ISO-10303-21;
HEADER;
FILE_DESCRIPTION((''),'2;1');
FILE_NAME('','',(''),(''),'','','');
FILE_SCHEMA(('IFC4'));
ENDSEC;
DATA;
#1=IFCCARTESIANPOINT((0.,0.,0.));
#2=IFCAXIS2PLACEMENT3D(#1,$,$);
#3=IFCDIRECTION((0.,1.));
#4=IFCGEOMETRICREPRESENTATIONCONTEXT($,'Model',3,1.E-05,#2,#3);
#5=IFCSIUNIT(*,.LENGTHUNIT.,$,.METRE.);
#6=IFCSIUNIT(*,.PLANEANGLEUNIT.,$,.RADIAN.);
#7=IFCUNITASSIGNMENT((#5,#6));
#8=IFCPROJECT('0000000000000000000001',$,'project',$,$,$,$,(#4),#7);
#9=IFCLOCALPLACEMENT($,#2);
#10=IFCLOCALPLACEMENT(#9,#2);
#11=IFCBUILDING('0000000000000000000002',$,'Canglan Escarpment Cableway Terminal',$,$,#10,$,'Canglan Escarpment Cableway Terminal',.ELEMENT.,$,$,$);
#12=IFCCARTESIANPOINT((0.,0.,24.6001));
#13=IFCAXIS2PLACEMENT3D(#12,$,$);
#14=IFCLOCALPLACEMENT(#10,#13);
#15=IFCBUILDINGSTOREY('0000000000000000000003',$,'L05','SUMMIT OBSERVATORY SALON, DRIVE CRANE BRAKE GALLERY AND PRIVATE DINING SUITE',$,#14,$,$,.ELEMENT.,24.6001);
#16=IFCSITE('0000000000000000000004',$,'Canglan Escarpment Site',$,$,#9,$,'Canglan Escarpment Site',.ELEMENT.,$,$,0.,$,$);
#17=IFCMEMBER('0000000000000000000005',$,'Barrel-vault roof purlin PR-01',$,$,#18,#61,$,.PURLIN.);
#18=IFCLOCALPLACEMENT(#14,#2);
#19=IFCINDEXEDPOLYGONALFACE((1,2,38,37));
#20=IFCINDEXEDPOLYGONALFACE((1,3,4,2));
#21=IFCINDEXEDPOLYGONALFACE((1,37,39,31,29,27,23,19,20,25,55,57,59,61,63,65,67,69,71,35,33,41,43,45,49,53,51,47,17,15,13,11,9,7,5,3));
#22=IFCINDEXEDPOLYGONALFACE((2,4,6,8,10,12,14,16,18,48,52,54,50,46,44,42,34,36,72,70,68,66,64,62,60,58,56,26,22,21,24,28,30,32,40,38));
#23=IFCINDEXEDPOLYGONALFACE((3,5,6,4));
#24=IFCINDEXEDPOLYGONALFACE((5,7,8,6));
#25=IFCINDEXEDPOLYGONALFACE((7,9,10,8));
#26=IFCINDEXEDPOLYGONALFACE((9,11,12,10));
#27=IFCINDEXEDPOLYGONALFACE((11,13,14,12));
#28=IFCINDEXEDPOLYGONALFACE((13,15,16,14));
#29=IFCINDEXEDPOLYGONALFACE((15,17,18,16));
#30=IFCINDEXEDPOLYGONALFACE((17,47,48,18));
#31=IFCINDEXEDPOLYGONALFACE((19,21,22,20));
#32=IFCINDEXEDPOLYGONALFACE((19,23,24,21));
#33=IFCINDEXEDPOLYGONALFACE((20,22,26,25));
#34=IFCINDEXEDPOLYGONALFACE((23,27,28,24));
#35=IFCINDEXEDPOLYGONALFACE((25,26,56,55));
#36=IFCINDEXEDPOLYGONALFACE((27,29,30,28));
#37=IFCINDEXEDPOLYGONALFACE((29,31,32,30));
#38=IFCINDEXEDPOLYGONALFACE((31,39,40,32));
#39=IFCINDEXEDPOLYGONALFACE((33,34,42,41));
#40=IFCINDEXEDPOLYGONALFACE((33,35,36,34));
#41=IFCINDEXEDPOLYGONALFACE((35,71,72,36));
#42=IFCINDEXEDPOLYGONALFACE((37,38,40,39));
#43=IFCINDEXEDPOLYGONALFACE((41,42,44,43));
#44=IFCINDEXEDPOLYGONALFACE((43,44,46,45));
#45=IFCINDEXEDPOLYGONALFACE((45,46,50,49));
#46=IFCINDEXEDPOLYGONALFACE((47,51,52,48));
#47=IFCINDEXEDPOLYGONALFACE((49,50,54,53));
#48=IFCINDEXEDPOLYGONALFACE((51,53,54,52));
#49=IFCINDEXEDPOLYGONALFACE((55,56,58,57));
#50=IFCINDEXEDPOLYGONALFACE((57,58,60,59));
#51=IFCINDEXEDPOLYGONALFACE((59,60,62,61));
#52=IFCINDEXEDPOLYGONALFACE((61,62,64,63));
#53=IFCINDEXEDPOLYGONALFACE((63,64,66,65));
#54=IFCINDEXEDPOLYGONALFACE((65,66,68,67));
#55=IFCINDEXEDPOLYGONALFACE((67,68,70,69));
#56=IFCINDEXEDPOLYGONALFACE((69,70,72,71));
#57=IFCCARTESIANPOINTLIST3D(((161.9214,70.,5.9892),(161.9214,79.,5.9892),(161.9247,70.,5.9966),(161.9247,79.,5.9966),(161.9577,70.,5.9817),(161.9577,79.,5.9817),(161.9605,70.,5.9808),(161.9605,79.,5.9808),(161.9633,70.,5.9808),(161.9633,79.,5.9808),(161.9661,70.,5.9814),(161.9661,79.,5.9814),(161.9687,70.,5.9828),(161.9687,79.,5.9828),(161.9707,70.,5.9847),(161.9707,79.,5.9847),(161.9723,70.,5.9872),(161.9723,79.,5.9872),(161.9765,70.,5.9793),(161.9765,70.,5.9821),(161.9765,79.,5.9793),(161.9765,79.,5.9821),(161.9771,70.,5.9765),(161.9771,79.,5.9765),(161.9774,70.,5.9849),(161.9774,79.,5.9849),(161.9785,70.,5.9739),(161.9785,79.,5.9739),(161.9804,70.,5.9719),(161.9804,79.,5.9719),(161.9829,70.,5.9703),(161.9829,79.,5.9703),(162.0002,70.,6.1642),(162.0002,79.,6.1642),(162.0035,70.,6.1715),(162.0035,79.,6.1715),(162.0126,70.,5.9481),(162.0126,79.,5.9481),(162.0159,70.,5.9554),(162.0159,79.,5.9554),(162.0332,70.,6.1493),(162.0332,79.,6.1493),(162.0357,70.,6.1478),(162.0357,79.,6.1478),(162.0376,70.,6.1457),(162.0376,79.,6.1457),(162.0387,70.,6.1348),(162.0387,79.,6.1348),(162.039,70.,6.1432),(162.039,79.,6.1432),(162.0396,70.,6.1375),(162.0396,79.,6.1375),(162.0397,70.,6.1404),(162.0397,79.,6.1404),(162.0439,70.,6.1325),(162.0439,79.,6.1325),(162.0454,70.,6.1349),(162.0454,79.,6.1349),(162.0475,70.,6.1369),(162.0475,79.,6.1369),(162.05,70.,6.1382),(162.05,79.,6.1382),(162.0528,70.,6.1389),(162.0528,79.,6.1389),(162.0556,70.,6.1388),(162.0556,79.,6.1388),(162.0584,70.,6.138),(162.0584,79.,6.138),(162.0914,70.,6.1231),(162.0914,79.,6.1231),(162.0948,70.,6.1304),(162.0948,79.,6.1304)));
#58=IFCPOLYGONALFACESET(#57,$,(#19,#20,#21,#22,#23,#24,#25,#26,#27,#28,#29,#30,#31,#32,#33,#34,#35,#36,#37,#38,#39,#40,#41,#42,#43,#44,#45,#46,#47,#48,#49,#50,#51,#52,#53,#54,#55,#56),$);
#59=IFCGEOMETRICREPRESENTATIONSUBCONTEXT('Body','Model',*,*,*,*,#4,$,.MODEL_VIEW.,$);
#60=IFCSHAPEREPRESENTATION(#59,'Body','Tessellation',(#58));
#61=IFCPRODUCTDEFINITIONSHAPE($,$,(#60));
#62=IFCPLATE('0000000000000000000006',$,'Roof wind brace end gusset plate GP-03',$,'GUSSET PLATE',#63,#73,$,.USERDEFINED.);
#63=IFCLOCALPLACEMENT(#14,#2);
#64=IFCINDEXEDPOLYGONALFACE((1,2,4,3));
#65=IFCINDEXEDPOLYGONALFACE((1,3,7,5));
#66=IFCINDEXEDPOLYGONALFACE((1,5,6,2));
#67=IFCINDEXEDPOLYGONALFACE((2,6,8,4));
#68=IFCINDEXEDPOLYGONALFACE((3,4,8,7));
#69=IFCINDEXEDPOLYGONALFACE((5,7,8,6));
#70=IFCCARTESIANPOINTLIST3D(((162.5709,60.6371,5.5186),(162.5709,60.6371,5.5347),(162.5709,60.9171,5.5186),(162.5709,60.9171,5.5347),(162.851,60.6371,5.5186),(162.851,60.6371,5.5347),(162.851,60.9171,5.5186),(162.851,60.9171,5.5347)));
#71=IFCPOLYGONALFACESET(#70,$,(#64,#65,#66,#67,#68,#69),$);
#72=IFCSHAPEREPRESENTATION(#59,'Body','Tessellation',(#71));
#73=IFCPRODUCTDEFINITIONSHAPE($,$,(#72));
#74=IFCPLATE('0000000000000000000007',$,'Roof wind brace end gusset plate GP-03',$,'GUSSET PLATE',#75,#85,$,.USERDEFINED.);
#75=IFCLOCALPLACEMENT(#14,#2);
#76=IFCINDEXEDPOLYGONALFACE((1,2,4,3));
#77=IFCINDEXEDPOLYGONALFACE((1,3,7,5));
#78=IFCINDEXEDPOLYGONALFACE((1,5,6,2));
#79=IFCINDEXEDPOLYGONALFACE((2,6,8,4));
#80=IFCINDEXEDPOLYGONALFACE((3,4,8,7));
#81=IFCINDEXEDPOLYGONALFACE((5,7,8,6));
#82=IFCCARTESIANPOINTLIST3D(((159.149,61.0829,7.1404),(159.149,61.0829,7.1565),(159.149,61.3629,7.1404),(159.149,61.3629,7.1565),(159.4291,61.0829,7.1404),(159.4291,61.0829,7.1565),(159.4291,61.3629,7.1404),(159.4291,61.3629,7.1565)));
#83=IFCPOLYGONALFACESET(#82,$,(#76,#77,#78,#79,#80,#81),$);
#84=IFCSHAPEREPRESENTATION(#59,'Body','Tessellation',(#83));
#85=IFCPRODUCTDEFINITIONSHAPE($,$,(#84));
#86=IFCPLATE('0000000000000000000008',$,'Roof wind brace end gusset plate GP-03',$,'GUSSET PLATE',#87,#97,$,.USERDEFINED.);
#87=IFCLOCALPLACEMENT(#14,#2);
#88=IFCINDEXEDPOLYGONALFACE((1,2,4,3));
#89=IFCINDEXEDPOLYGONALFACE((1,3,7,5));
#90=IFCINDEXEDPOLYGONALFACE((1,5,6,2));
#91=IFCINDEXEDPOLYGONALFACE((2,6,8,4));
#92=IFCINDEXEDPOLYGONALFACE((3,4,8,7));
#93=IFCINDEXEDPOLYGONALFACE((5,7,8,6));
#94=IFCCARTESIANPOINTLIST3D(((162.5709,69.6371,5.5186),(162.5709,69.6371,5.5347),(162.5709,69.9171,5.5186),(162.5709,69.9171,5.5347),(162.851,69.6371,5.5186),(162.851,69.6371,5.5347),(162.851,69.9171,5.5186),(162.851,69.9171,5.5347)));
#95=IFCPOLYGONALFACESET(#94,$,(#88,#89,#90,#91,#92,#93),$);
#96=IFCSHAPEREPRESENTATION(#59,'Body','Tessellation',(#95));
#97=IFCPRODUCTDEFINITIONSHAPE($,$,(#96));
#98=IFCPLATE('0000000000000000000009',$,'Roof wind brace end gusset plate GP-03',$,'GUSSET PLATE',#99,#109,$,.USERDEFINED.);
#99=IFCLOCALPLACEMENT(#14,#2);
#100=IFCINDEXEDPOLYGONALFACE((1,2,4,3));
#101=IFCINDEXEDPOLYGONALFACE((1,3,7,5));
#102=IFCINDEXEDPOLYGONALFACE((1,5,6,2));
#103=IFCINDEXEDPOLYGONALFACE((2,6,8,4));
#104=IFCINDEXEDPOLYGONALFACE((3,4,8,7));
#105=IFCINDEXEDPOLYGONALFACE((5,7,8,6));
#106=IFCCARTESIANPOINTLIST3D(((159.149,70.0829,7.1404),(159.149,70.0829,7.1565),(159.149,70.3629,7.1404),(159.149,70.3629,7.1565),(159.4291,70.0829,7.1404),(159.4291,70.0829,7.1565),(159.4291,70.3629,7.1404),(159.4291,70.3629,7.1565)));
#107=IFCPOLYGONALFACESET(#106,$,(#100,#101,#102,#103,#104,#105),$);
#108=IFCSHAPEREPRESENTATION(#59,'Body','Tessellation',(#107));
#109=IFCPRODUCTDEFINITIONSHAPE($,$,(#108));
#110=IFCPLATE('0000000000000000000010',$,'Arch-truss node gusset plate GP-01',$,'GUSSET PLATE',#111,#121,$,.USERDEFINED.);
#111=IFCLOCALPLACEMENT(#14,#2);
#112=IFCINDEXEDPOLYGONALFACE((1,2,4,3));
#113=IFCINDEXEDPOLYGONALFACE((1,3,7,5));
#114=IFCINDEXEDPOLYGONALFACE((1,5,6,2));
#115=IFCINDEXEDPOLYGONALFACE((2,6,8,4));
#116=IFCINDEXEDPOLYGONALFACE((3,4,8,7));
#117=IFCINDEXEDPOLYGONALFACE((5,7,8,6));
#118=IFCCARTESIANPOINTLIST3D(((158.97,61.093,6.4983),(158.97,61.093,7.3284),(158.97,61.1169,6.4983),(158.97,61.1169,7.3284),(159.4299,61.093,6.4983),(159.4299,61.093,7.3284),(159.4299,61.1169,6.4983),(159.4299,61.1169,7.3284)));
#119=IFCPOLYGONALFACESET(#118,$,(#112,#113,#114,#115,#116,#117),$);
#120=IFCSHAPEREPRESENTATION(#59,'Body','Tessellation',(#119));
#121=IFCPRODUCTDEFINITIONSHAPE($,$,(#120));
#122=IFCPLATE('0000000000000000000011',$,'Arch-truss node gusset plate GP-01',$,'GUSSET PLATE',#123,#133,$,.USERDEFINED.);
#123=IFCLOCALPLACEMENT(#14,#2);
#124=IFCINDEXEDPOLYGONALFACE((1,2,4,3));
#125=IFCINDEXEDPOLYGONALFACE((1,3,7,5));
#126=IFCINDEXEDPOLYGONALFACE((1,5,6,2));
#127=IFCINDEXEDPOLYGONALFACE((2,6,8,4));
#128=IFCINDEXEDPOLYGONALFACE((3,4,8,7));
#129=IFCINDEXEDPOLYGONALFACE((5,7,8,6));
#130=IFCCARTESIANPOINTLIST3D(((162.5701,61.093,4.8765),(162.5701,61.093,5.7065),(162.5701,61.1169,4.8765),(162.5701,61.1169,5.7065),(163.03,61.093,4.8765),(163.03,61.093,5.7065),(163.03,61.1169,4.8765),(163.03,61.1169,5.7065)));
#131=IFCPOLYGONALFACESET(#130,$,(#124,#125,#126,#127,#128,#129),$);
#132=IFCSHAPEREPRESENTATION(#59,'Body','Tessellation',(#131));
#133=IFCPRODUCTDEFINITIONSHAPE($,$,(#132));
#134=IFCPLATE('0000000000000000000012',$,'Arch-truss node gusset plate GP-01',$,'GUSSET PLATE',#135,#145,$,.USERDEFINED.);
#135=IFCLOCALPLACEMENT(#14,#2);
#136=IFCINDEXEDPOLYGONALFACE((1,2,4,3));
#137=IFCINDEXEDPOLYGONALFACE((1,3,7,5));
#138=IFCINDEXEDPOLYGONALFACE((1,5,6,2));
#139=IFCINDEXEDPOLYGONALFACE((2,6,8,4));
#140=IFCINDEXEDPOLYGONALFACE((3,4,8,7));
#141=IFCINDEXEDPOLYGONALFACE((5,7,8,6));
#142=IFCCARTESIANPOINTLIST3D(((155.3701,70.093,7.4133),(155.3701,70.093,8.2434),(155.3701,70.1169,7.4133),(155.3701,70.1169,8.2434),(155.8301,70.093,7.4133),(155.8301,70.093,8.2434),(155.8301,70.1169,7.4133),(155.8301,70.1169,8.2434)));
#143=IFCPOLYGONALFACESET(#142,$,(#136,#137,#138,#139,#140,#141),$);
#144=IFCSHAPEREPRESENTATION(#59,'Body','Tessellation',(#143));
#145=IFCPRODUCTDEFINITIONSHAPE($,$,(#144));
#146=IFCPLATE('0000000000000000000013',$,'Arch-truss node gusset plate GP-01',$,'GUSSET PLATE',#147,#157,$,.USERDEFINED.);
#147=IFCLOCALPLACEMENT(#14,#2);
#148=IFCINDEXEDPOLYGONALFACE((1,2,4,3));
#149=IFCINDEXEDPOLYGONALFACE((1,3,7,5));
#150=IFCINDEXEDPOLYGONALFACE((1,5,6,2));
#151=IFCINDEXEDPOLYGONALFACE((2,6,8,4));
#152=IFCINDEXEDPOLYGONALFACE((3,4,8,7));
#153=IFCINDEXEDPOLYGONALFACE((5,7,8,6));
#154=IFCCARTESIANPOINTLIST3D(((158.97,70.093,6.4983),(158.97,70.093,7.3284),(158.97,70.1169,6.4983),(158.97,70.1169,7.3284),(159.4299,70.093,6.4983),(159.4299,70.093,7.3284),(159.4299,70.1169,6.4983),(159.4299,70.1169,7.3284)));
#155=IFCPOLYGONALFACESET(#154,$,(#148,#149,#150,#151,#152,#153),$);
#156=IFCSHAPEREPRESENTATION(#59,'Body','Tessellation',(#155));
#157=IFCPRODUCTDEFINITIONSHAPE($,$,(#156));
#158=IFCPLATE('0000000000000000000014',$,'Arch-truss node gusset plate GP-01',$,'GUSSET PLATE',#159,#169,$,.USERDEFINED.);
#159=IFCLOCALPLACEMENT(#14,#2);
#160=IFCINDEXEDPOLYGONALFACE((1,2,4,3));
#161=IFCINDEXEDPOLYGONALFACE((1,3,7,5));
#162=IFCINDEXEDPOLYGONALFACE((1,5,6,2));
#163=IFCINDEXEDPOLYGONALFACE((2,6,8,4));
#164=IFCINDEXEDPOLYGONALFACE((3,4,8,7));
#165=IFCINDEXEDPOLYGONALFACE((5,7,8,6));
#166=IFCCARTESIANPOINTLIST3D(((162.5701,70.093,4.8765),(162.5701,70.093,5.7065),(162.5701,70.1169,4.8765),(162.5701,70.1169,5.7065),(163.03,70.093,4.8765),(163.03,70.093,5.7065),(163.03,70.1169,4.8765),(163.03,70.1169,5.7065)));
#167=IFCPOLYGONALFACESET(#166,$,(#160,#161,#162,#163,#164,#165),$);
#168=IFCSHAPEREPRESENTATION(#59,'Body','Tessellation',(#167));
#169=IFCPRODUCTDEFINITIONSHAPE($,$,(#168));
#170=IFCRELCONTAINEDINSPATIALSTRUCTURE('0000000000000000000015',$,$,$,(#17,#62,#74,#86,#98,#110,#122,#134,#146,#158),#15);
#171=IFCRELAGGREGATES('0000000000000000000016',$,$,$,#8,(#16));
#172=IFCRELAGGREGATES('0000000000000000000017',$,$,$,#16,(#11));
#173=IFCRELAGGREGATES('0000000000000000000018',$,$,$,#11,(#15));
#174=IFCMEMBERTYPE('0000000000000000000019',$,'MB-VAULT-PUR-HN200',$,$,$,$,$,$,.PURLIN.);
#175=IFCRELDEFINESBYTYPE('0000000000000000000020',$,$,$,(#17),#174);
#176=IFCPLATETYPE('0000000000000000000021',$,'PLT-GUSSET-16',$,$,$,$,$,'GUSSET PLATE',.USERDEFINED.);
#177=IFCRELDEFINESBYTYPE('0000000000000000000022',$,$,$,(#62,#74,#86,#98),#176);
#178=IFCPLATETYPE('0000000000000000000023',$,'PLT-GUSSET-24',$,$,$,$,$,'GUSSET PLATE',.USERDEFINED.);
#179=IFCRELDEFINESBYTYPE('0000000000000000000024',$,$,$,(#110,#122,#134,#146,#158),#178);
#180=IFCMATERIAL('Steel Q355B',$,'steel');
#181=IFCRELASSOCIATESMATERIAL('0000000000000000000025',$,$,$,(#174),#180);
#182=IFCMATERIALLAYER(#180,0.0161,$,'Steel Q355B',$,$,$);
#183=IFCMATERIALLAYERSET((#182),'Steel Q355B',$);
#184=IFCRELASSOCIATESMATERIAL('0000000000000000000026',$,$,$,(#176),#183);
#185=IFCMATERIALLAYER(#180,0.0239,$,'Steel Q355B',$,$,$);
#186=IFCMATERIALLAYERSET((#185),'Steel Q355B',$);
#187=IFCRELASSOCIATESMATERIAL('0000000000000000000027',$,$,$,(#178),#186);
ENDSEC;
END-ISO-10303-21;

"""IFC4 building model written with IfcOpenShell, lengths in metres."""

from ifc_helpers import new_model, si_unit, direction, frame, origin, origin_2d, place, context, subcontext, project, spatial, rectangle, i_section, extrude, material, layer, layer_set, material_profile, profile_set, type_object, element, save


model = new_model("IFC4")

# Units and contexts
model_context = context("Model", 3, precision=1e-05, world=origin(), true_north=direction((0.0, 1.0)))
body_context = subcontext(model_context, "Body", "Model", "MODEL_VIEW")
ifc_project = project(units=[si_unit("LENGTHUNIT", "METRE"), si_unit("PLANEANGLEUNIT", "RADIAN")], contexts=[model_context])

# Site, building, storey
site_placement = place(None, origin())
site = spatial("IfcSite", under=ifc_project, at=site_placement, Name="Canglan Escarpment Site", LongName="Canglan Escarpment Site", CompositionType="ELEMENT", RefElevation=0.0)
building_placement = place(site_placement, origin())
building = spatial("IfcBuilding", under=site, at=building_placement, Name="Canglan Escarpment Cableway Terminal", LongName="Canglan Escarpment Cableway Terminal", CompositionType="ELEMENT")
storey_placement = place(building_placement, frame((0.0, 0.0, 24.6001)))
storey = spatial("IfcBuildingStorey", under=building, at=storey_placement, Name="L05", Description="SUMMIT OBSERVATORY SALON, DRIVE CRANE BRAKE GALLERY AND PRIVATE DINING SUITE", CompositionType="ELEMENT", Elevation=24.6001)

# Shared definitions
ifc_material = material(Name="Steel Q355B", Category="steel")

# Member
ifc_material_profile_1 = material_profile(ifc_material, i_section(OverallWidth=0.1001, OverallDepth=0.2, WebThickness=0.0056, FlangeThickness=0.0081, FilletRadius=0.011, at=origin_2d()), Name="HN 200x100x5.5x8")
ifc_profile_set_1 = profile_set([ifc_material_profile_1], Name="Steel Q355B")
member_type_1 = type_object("IfcMemberType", Name="MB-VAULT-PUR-HN200", PredefinedType="PURLIN", material=ifc_profile_set_1)
for number, where, z_axis, x_axis, name in (
    (1, (162.0081, 70.0, 6.0598), (0.0, 1.0, 0.0), (-0.911741, 0.0, 0.410767), "Barrel-vault roof purlin PR-01"),
):
    element("IfcMember", number, at=place(storey_placement, frame(where, z_axis=z_axis, x_axis=x_axis)), inside=storey, type_object=member_type_1, Name=name, PredefinedType="PURLIN", context=body_context, shape_type="SweptSolid", body=[
        extrude(i_section(OverallWidth=0.1001, OverallDepth=0.2, WebThickness=0.0056, FlangeThickness=0.0081, FilletRadius=0.011, at=origin_2d()), origin(), (0.0, 0.0, 1.0), 9.0),
    ])

# Plates
ifc_layer_1 = layer(ifc_material, 0.0161, Name="Steel Q355B")
ifc_layer_set_1 = layer_set([ifc_layer_1], Name="Steel Q355B")
plate_type_1 = type_object("IfcPlateType", Name="PLT-GUSSET-16", ElementType="GUSSET PLATE", PredefinedType="USERDEFINED", material=ifc_layer_set_1)
for number, where, z_axis, x_axis, name in (
    (2, (162.7109, 60.7771, 5.5186), (0.0, 0.0, 1.0), (1.0, 0.0, 0.0), "Roof wind brace end gusset plate GP-03"),
    (3, (159.2891, 61.2229, 7.1404), (0.0, 0.0, 1.0), (1.0, 0.0, 0.0), "Roof wind brace end gusset plate GP-03"),
    (4, (162.7109, 69.7771, 5.5186), (0.0, 0.0, 1.0), (1.0, 0.0, 0.0), "Roof wind brace end gusset plate GP-03"),
    (5, (159.2891, 70.2229, 7.1404), (0.0, 0.0, 1.0), (1.0, 0.0, 0.0), "Roof wind brace end gusset plate GP-03"),
):
    element("IfcPlate", number, at=place(storey_placement, frame(where, z_axis=z_axis, x_axis=x_axis)), inside=storey, type_object=plate_type_1, Name=name, ObjectType="GUSSET PLATE", PredefinedType="USERDEFINED", context=body_context, shape_type="SweptSolid", body=[
        extrude(rectangle(XDim=0.28, YDim=0.28, at=origin_2d()), origin(), (0.0, 0.0, 1.0), 0.0161),
    ])
ifc_layer_2 = layer(ifc_material, 0.0239, Name="Steel Q355B")
ifc_layer_set_2 = layer_set([ifc_layer_2], Name="Steel Q355B")
plate_type_2 = type_object("IfcPlateType", Name="PLT-GUSSET-24", ElementType="GUSSET PLATE", PredefinedType="USERDEFINED", material=ifc_layer_set_2)
for number, where, z_axis, x_axis, name in (
    (6, (159.2, 61.105, 6.4983), (0.0, 0.0, 1.0), (1.0, 0.0, 0.0), "Arch-truss node gusset plate GP-01"),
    (7, (162.8, 61.105, 4.8765), (0.0, 0.0, 1.0), (1.0, 0.0, 0.0), "Arch-truss node gusset plate GP-01"),
    (8, (155.6001, 70.105, 7.4133), (0.0, 0.0, 1.0), (1.0, 0.0, 0.0), "Arch-truss node gusset plate GP-01"),
    (9, (159.2, 70.105, 6.4983), (0.0, 0.0, 1.0), (1.0, 0.0, 0.0), "Arch-truss node gusset plate GP-01"),
    (10, (162.8, 70.105, 4.8765), (0.0, 0.0, 1.0), (1.0, 0.0, 0.0), "Arch-truss node gusset plate GP-01"),
):
    element("IfcPlate", number, at=place(storey_placement, frame(where, z_axis=z_axis, x_axis=x_axis)), inside=storey, type_object=plate_type_2, Name=name, ObjectType="GUSSET PLATE", PredefinedType="USERDEFINED", context=body_context, shape_type="SweptSolid", body=[
        extrude(rectangle(XDim=0.46, YDim=0.0239, at=origin_2d()), origin(), (0.0, 0.0, 1.0), 0.8301),
    ])

save(model, "model.ifc")
